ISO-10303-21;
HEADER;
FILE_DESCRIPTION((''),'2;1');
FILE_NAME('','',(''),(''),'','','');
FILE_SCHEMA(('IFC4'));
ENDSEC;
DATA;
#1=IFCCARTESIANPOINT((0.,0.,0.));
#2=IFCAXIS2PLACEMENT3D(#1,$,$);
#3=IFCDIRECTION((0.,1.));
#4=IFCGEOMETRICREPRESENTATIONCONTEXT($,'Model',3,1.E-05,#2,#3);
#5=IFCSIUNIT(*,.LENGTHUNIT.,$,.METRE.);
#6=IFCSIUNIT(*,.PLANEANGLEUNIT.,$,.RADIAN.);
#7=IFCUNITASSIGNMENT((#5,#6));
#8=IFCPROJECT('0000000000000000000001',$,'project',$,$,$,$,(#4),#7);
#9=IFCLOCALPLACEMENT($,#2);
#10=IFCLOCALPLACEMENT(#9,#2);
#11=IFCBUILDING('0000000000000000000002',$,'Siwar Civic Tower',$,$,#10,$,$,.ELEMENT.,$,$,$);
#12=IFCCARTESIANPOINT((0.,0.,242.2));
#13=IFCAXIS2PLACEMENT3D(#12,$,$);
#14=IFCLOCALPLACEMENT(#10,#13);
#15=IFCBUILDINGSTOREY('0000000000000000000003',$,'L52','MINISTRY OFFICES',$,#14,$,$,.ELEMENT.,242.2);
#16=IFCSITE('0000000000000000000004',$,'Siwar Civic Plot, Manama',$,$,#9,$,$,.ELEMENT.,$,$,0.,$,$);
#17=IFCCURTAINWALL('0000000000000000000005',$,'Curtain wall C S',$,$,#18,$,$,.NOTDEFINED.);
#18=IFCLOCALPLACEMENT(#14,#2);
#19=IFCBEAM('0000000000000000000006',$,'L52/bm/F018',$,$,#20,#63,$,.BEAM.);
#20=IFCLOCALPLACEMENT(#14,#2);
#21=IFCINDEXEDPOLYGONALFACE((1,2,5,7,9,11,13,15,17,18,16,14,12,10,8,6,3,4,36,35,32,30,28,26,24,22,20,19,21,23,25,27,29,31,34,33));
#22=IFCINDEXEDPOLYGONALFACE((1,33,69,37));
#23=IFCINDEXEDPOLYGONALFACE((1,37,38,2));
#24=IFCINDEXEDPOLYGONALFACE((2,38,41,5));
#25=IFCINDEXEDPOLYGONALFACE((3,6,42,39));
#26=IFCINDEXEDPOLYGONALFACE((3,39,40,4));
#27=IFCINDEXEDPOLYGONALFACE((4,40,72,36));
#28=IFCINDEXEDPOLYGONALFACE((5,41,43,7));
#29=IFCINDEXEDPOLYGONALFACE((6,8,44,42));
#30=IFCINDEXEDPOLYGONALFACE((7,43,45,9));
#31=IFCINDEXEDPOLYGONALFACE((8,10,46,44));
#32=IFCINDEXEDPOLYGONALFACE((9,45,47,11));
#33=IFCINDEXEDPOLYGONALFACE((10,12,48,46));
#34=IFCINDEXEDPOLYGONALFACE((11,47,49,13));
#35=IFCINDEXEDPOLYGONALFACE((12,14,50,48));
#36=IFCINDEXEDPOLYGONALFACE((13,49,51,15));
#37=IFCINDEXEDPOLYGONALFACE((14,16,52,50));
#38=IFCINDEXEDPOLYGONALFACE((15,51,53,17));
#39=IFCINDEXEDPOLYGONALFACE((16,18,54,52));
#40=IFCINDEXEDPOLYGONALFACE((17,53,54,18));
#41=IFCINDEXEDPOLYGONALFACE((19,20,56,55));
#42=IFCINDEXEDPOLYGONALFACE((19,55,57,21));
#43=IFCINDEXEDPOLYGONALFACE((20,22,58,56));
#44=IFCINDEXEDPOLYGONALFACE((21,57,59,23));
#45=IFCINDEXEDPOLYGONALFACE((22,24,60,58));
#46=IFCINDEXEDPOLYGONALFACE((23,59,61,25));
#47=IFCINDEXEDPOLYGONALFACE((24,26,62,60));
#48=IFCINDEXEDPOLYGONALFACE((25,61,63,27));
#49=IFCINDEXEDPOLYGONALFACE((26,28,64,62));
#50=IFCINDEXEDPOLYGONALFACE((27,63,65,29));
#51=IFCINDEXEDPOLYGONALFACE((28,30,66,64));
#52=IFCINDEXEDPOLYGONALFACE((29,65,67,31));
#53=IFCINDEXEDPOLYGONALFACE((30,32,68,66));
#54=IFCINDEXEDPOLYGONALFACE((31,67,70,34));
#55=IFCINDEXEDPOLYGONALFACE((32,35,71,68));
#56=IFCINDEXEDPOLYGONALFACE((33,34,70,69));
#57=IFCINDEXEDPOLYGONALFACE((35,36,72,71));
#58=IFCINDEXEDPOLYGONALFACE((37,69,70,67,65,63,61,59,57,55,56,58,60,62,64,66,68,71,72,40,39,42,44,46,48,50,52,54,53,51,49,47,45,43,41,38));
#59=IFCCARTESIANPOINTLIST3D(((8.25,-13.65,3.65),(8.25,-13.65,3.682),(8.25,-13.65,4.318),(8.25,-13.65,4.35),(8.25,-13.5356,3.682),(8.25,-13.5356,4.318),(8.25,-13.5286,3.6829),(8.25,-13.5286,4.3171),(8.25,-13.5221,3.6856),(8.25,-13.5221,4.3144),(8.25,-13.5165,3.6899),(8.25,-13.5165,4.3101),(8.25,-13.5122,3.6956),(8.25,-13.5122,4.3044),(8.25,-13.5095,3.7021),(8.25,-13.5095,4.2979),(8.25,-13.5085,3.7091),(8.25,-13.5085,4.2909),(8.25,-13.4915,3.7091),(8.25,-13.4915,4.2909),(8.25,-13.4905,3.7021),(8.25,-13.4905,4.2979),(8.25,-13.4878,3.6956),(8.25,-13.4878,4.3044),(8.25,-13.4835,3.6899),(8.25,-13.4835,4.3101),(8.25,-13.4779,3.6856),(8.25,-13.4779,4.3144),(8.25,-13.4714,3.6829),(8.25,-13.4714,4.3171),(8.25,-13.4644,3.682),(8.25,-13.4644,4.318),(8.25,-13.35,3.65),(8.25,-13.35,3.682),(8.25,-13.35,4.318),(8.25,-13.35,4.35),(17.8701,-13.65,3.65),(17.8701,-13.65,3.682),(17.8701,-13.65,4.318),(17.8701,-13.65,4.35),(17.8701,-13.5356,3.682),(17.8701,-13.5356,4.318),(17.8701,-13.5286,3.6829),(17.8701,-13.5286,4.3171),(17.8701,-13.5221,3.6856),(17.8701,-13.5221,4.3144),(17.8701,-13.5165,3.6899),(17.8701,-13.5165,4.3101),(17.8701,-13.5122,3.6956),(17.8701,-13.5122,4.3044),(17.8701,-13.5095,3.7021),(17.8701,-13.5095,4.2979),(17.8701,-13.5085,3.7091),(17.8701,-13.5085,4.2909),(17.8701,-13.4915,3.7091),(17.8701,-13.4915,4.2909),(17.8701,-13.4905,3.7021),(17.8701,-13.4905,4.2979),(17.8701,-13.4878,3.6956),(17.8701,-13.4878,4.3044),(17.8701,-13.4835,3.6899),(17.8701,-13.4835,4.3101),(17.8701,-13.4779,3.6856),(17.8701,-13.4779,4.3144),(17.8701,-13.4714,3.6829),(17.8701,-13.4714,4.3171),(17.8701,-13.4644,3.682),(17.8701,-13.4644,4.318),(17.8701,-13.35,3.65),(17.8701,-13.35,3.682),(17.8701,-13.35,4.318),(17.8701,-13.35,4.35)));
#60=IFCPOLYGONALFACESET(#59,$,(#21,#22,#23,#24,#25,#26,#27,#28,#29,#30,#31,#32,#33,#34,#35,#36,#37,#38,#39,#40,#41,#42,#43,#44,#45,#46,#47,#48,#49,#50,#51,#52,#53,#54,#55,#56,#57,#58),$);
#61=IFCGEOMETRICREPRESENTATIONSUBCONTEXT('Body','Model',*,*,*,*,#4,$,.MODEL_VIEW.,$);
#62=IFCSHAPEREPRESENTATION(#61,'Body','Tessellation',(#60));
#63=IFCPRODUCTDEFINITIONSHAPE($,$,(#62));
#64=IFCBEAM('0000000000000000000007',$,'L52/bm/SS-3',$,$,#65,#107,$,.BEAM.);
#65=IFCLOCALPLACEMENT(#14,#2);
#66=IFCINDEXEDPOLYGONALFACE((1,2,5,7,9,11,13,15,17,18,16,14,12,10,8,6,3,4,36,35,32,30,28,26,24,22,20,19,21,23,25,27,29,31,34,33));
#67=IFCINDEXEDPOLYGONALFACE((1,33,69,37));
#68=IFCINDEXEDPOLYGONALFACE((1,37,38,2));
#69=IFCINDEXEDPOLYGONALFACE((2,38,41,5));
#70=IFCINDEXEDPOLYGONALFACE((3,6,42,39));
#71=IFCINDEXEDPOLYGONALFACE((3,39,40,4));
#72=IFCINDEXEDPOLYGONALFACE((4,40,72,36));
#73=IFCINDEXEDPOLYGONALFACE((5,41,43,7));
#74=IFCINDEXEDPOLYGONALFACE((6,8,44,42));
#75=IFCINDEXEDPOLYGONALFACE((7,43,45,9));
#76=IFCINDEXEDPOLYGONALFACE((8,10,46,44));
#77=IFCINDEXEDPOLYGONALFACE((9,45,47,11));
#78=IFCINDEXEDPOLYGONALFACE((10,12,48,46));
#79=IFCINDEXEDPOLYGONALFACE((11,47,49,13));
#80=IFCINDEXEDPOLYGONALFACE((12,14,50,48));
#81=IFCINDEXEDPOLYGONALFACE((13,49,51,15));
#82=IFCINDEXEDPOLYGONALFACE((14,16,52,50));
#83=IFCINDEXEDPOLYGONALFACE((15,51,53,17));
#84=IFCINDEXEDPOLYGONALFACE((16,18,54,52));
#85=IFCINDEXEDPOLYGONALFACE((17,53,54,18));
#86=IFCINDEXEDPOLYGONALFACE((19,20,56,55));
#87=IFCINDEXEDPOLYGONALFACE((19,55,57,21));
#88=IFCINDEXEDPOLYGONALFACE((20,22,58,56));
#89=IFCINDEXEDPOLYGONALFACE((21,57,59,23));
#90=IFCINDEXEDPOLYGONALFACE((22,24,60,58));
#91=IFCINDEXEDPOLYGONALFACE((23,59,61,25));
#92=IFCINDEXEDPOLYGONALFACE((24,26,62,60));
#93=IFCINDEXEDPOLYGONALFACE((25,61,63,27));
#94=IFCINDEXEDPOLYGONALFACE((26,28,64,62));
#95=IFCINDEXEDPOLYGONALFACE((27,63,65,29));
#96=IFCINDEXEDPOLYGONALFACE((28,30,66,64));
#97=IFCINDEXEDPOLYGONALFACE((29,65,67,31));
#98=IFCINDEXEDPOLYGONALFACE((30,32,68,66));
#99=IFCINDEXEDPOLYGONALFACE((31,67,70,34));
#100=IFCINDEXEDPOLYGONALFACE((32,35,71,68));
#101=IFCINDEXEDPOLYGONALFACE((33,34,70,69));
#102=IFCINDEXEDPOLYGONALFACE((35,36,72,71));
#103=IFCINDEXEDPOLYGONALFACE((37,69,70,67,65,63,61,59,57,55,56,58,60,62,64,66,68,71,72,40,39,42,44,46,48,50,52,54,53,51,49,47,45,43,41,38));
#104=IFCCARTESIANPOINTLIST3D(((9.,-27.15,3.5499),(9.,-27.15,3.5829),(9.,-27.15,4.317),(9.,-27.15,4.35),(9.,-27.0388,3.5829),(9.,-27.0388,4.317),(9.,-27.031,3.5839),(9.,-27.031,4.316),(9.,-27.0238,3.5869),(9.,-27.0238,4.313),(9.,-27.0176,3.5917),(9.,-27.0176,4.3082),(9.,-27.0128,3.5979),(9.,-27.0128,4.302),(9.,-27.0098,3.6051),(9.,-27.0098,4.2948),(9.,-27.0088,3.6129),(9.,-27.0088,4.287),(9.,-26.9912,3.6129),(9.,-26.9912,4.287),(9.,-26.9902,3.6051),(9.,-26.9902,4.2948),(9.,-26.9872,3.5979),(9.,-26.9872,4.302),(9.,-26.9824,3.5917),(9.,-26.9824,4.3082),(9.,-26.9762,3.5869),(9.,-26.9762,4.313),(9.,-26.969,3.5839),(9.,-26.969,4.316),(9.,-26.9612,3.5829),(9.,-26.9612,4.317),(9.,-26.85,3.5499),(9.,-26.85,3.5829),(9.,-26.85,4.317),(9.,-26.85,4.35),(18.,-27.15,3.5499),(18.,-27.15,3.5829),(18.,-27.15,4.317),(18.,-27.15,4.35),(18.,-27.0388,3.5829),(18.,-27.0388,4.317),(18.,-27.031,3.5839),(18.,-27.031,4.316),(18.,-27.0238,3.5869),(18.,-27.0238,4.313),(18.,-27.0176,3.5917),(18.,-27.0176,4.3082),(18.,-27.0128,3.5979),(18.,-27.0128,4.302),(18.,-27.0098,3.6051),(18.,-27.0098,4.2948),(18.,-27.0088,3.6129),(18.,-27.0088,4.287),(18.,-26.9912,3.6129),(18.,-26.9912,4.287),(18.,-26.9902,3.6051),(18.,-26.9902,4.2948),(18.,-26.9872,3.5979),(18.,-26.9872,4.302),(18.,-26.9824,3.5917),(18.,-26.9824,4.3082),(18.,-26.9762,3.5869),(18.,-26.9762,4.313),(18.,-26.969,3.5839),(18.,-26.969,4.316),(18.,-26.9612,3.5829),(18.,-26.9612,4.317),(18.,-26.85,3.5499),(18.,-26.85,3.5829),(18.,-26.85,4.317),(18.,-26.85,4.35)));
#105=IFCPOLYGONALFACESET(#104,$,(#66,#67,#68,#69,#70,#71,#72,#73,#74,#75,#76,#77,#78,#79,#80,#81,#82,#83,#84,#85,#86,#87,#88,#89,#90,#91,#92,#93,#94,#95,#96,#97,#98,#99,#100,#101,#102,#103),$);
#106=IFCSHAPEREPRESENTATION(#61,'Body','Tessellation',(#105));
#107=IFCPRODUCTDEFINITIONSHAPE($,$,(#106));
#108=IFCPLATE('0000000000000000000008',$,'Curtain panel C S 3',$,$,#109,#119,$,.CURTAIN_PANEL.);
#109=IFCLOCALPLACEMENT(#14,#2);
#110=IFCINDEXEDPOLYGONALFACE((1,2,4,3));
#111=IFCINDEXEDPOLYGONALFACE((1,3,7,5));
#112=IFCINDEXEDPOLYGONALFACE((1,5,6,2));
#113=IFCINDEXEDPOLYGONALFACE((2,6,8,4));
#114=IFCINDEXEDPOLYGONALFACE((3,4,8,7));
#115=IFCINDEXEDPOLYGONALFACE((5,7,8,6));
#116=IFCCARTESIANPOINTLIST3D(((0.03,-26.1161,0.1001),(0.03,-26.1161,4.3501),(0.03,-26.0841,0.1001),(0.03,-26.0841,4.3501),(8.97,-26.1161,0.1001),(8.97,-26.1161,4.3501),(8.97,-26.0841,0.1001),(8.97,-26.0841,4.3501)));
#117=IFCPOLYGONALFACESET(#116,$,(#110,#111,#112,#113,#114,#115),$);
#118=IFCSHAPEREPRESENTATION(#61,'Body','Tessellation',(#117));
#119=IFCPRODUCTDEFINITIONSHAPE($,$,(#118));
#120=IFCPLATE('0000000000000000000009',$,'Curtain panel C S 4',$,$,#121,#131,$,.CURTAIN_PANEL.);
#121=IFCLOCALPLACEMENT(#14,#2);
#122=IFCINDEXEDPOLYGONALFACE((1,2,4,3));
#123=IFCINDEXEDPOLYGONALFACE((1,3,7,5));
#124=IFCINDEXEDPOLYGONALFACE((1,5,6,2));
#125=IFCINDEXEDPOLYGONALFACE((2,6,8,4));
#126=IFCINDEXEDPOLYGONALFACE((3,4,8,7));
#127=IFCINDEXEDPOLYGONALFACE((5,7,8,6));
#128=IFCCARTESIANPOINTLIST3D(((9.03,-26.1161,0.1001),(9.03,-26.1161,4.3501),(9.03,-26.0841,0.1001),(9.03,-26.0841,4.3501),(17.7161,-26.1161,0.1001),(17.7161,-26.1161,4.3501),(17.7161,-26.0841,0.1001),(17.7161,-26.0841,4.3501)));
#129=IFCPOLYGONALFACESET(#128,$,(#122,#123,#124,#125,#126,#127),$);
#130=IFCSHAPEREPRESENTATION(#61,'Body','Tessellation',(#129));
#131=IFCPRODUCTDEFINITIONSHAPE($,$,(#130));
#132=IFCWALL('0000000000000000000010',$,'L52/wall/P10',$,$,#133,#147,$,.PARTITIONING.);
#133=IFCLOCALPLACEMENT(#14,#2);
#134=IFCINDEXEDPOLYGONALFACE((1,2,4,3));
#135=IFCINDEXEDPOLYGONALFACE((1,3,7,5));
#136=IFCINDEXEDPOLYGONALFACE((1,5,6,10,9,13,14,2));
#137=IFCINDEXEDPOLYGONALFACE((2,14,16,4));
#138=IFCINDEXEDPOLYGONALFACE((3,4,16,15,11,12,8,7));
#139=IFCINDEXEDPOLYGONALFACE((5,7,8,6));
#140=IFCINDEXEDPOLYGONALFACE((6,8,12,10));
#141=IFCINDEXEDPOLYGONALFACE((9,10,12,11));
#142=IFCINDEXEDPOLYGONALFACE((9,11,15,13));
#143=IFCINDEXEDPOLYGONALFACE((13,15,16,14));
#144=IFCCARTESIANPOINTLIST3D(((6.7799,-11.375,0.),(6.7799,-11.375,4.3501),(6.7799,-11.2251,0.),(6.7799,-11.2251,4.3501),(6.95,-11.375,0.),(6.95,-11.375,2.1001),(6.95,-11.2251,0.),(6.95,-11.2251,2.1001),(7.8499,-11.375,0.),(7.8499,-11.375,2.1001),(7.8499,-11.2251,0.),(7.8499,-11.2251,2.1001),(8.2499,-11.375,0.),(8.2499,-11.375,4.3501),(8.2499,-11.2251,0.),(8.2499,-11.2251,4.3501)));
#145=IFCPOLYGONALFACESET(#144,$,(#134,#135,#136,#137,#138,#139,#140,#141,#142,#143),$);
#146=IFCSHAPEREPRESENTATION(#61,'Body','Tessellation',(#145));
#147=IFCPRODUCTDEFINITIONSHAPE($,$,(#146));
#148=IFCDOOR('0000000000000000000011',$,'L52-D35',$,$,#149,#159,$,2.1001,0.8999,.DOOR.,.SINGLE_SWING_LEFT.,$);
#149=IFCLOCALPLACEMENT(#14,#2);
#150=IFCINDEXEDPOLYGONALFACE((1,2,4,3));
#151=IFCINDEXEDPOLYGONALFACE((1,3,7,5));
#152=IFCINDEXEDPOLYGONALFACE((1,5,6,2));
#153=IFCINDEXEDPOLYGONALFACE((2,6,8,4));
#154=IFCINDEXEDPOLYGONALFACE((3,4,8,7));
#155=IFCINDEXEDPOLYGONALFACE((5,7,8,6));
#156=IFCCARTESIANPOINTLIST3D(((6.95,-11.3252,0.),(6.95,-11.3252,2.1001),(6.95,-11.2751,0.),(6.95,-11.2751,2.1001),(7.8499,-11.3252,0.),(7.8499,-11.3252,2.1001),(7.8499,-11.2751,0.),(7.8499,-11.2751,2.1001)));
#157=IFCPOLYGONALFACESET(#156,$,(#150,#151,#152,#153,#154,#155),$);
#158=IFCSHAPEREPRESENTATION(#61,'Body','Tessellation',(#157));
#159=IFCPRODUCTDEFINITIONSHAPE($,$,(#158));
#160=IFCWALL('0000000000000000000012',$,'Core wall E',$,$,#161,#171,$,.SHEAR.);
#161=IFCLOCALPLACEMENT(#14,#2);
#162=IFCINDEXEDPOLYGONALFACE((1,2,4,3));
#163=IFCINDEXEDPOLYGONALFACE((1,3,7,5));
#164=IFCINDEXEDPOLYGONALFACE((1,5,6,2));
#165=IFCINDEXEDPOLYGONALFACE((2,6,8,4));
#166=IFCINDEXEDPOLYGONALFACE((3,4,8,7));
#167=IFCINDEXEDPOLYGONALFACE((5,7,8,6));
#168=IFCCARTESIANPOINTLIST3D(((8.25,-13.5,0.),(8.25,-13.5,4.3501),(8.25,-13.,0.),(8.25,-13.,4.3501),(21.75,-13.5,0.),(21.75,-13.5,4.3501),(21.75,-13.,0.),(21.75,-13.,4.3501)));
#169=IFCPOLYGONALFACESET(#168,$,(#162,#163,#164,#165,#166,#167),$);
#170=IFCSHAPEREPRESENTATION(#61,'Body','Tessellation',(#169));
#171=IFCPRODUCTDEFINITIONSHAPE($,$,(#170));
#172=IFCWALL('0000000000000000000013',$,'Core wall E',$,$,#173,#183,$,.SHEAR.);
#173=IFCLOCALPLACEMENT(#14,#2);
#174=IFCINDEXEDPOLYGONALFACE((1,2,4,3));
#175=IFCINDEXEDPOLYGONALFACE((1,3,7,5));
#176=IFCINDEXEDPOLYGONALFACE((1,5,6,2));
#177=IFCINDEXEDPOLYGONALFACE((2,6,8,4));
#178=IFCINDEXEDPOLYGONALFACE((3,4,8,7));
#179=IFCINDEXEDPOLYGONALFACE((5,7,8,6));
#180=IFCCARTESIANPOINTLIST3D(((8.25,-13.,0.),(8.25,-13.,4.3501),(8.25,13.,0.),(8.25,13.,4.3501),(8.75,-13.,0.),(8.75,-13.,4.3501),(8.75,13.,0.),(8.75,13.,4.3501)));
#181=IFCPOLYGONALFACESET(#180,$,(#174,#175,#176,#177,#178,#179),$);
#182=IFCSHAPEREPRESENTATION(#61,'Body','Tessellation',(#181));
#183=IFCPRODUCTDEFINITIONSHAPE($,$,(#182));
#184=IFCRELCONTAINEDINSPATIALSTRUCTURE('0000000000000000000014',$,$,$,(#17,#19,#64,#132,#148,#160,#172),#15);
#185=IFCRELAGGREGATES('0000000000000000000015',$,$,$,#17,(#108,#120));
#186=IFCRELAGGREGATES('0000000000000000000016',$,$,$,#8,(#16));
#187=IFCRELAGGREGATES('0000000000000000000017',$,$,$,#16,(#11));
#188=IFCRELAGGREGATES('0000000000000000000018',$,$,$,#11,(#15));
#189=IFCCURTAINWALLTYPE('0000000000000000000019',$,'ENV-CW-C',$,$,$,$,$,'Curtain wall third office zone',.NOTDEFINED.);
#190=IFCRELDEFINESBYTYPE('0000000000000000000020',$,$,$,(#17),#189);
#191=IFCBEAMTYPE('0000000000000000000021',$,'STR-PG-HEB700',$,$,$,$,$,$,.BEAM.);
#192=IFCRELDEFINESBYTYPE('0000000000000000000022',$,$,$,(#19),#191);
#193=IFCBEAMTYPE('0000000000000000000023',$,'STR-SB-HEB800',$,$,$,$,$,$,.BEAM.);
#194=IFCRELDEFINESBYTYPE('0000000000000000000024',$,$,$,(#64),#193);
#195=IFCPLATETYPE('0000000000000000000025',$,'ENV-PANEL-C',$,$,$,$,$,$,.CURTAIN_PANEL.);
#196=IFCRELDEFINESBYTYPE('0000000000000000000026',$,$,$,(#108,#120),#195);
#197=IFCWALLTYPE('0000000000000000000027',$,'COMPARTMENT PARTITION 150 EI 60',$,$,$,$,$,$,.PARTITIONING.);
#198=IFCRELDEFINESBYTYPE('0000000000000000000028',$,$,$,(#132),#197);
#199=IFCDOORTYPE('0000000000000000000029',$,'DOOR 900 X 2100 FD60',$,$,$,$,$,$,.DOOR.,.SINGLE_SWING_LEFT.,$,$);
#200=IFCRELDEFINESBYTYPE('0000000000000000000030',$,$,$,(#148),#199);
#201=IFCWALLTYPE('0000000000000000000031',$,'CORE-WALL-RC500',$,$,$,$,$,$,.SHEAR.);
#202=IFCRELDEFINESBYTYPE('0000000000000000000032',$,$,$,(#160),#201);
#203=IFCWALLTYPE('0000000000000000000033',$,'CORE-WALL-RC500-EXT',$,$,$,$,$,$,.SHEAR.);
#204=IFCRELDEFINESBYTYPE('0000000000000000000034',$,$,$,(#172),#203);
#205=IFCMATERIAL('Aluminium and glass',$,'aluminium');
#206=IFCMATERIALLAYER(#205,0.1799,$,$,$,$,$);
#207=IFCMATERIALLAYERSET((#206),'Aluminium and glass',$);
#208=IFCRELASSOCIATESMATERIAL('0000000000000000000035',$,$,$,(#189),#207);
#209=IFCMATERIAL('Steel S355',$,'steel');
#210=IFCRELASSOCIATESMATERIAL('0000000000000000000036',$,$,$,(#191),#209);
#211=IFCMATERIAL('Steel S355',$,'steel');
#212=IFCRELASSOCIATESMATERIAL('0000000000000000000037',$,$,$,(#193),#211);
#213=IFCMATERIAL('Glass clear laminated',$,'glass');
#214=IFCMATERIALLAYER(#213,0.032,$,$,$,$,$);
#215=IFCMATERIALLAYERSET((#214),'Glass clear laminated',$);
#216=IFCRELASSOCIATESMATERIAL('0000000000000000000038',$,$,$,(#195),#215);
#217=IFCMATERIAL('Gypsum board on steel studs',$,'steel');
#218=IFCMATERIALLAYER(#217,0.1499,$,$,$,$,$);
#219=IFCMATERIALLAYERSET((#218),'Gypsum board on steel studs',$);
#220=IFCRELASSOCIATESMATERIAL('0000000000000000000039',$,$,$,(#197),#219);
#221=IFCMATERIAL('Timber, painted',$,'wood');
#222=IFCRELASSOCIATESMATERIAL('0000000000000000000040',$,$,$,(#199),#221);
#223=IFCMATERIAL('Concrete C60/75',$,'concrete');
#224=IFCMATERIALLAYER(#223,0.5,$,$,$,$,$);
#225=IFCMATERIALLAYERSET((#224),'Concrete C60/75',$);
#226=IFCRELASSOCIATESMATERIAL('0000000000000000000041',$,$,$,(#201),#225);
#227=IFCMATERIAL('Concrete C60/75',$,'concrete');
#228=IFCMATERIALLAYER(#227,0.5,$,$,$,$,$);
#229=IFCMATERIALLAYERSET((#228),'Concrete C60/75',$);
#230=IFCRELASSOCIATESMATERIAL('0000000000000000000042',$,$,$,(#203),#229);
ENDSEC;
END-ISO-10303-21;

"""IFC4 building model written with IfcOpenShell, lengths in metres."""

from ifc_helpers import new_model, si_unit, direction, frame, frame_2d, origin, origin_2d, place, context, subcontext, project, spatial, rectangle, i_section, extrude, material, layer, layer_set, material_profile, profile_set, type_object, element, fill, aggregate, save


model = new_model("IFC4")

# Units and contexts
model_context = context("Model", 3, precision=1e-05, world=origin(), true_north=direction((0.0, 1.0)))
body_context = subcontext(model_context, "Body", "Model", "MODEL_VIEW")
ifc_project = project(units=[si_unit("LENGTHUNIT", "METRE"), si_unit("PLANEANGLEUNIT", "RADIAN")], contexts=[model_context])

# Site, building, storey
site_placement = place(None, origin())
site = spatial("IfcSite", under=ifc_project, at=site_placement, Name="Siwar Civic Plot, Manama", CompositionType="ELEMENT", RefElevation=0.0)
building_placement = place(site_placement, origin())
building = spatial("IfcBuilding", under=site, at=building_placement, Name="Siwar Civic Tower", CompositionType="ELEMENT")
storey_placement = place(building_placement, frame((0.0, 0.0, 242.2)))
storey = spatial("IfcBuildingStorey", under=building, at=storey_placement, Name="L52", Description="MINISTRY OFFICES", CompositionType="ELEMENT", Elevation=242.2)

# Curtain wall
ifc_material_1 = material(Name="Aluminium and glass", Category="aluminium")
ifc_layer_1 = layer(ifc_material_1, 0.1799)
ifc_layer_set_1 = layer_set([ifc_layer_1], Name="Aluminium and glass")
curtain_wall_type = type_object("IfcCurtainWallType", Name="ENV-CW-C", ElementType="Curtain wall third office zone", PredefinedType="NOTDEFINED", material=ifc_layer_set_1)
curtain_wall_placement = place(storey_placement, origin())
curtain_wall = element("IfcCurtainWall", 1, at=curtain_wall_placement, inside=storey, type_object=curtain_wall_type, Name="Curtain wall C S", PredefinedType="NOTDEFINED")

# Beams
ifc_material_2 = material(Name="Steel S355", Category="steel")
ifc_material_profile_1 = material_profile(ifc_material_2, i_section(OverallWidth=0.3, OverallDepth=0.7, WebThickness=0.0171, FlangeThickness=0.032, FilletRadius=0.0271, at=origin_2d()), Name="HEB700")
ifc_profile_set_1 = profile_set([ifc_material_profile_1], Name="Steel S355")
beam_type_1 = type_object("IfcBeamType", Name="STR-PG-HEB700", PredefinedType="BEAM", material=ifc_profile_set_1)
beam_1_placement = place(storey_placement, frame((8.25, -13.5, 4.0), z_axis=(1.0, 0.0, 0.0), x_axis=(0.0, 1.0, 0.0)))
element("IfcBeam", 2, at=beam_1_placement, inside=storey, type_object=beam_type_1, Name="L52/bm/F018", PredefinedType="BEAM", context=body_context, shape_type="SweptSolid", body=[
    extrude(i_section(OverallWidth=0.3, OverallDepth=0.7, WebThickness=0.0171, FlangeThickness=0.032, FilletRadius=0.0271, at=origin_2d()), origin(), (0.0, 0.0, 1.0), 9.6201),
])
ifc_material_3 = material(Name="Steel S355", Category="steel")
ifc_material_profile_2 = material_profile(ifc_material_3, i_section(OverallWidth=0.3, OverallDepth=0.8, WebThickness=0.0176, FlangeThickness=0.033, FilletRadius=0.03, at=origin_2d()), Name="HEB800")
ifc_profile_set_2 = profile_set([ifc_material_profile_2], Name="Steel S355")
beam_type_2 = type_object("IfcBeamType", Name="STR-SB-HEB800", PredefinedType="BEAM", material=ifc_profile_set_2)
beam_2_placement = place(storey_placement, frame((9.0, -27.0, 3.95), z_axis=(1.0, 0.0, 0.0), x_axis=(0.0, 1.0, 0.0)))
element("IfcBeam", 3, at=beam_2_placement, inside=storey, type_object=beam_type_2, Name="L52/bm/SS-3", PredefinedType="BEAM", context=body_context, shape_type="SweptSolid", body=[
    extrude(i_section(OverallWidth=0.3, OverallDepth=0.8, WebThickness=0.0176, FlangeThickness=0.033, FilletRadius=0.03, at=origin_2d()), origin(), (0.0, 0.0, 1.0), 9.0),
])

# Plates
ifc_material_4 = material(Name="Glass clear laminated", Category="glass")
ifc_layer_2 = layer(ifc_material_4, 0.032)
ifc_layer_set_2 = layer_set([ifc_layer_2], Name="Glass clear laminated")
plate_type = type_object("IfcPlateType", Name="ENV-PANEL-C", PredefinedType="CURTAIN_PANEL", material=ifc_layer_set_2)
plate_1_placement = place(storey_placement, frame((4.5, -26.1001, 0.1001), z_axis=(0.0, 0.0, 1.0), x_axis=(1.0, 0.0, 0.0)))
plate_1 = element("IfcPlate", 4, at=plate_1_placement, type_object=plate_type, Name="Curtain panel C S 3", PredefinedType="CURTAIN_PANEL", context=body_context, shape_type="SweptSolid", body=[
    extrude(rectangle(XDim=8.9399, YDim=0.032, at=origin_2d()), origin(), (0.0, 0.0, 1.0), 4.25),
])
plate_2_placement = place(storey_placement, frame((13.373, -26.1001, 0.1001), z_axis=(0.0, 0.0, 1.0), x_axis=(1.0, 0.0, 0.0)))
plate_2 = element("IfcPlate", 5, at=plate_2_placement, type_object=plate_type, Name="Curtain panel C S 4", PredefinedType="CURTAIN_PANEL", context=body_context, shape_type="SweptSolid", body=[
    extrude(rectangle(XDim=8.686, YDim=0.032, at=origin_2d()), origin(), (0.0, 0.0, 1.0), 4.25),
])
aggregate(curtain_wall, [plate_1, plate_2])

# Wall, opening, door
ifc_material_5 = material(Name="Gypsum board on steel studs", Category="steel")
ifc_layer_3 = layer(ifc_material_5, 0.1499)
ifc_layer_set_3 = layer_set([ifc_layer_3], Name="Gypsum board on steel studs")
wall_type_1 = type_object("IfcWallType", Name="COMPARTMENT PARTITION 150 EI 60", PredefinedType="PARTITIONING", material=ifc_layer_set_3)
wall_1_placement = place(storey_placement, frame((6.78, -11.3, 0.0), z_axis=(0.0, 0.0, 1.0), x_axis=(1.0, 0.0, 0.0)))
wall_1 = element("IfcWall", 6, at=wall_1_placement, inside=storey, type_object=wall_type_1, Name="L52/wall/P10", PredefinedType="PARTITIONING", context=body_context, shape_type="SweptSolid", body=[
    extrude(rectangle(XDim=1.47, YDim=0.1499, at=frame_2d((0.7349, 0.0))), origin(), (0.0, 0.0, 1.0), 4.3501),
])
opening_placement = place(wall_1_placement, frame((0.1699, 0.0, 0.0)))
opening = element("IfcOpeningElement", 7, at=opening_placement, cuts=wall_1, PredefinedType="OPENING", context=body_context, shape_type="SweptSolid", body=[
    extrude(rectangle(XDim=0.8999, YDim=2.1001, at=frame_2d((0.45, 1.05))), frame((0.0, 0.085, 0.0), z_axis=(0.0, -1.0, 0.0), x_axis=(1.0, 0.0, 0.0)), (0.0, 0.0, 1.0), 0.1699),
])
ifc_material_6 = material(Name="Timber, painted", Category="wood")
door_type = type_object("IfcDoorType", Name="DOOR 900 X 2100 FD60", OperationType="SINGLE_SWING_LEFT", PredefinedType="DOOR", material=ifc_material_6)
door_placement = place(opening_placement, origin())
door = element("IfcDoor", 8, at=door_placement, inside=storey, type_object=door_type, Name="L52-D35", OperationType="SINGLE_SWING_LEFT", OverallHeight=2.1001, OverallWidth=0.8999, PredefinedType="DOOR", context=body_context, shape_type="SweptSolid", body=[
    extrude(rectangle(XDim=0.8999, YDim=2.1001, at=frame_2d((0.45, 1.05))), frame((0.0, 0.0249, 0.0), z_axis=(0.0, -1.0, 0.0), x_axis=(1.0, 0.0, 0.0)), (0.0, 0.0, 1.0), 0.05),
])
fill(opening, door)

# Walls
ifc_material_7 = material(Name="Concrete C60/75", Category="concrete")
ifc_layer_4 = layer(ifc_material_7, 0.5)
ifc_layer_set_4 = layer_set([ifc_layer_4], Name="Concrete C60/75")
wall_type_2 = type_object("IfcWallType", Name="CORE-WALL-RC500", PredefinedType="SHEAR", material=ifc_layer_set_4)
wall_2_placement = place(storey_placement, frame((8.25, -13.25, 0.0), z_axis=(0.0, 0.0, 1.0), x_axis=(1.0, 0.0, 0.0)))
element("IfcWall", 9, at=wall_2_placement, inside=storey, type_object=wall_type_2, Name="Core wall E", PredefinedType="SHEAR", context=body_context, shape_type="SweptSolid", body=[
    extrude(rectangle(XDim=13.5, YDim=0.5, at=frame_2d((6.75, 0.0))), origin(), (0.0, 0.0, 1.0), 4.3501),
])
ifc_material_8 = material(Name="Concrete C60/75", Category="concrete")
ifc_layer_5 = layer(ifc_material_8, 0.5)
ifc_layer_set_5 = layer_set([ifc_layer_5], Name="Concrete C60/75")
wall_type_3 = type_object("IfcWallType", Name="CORE-WALL-RC500-EXT", PredefinedType="SHEAR", material=ifc_layer_set_5)
wall_3_placement = place(storey_placement, frame((8.5, -13.0, 0.0), z_axis=(0.0, 0.0, 1.0), x_axis=(0.0, 1.0, 0.0)))
element("IfcWall", 10, at=wall_3_placement, inside=storey, type_object=wall_type_3, Name="Core wall E", PredefinedType="SHEAR", context=body_context, shape_type="SweptSolid", body=[
    extrude(rectangle(XDim=26.0, YDim=0.5, at=frame_2d((13.0, 0.0))), origin(), (0.0, 0.0, 1.0), 4.3501),
])

save(model, "model.ifc")
